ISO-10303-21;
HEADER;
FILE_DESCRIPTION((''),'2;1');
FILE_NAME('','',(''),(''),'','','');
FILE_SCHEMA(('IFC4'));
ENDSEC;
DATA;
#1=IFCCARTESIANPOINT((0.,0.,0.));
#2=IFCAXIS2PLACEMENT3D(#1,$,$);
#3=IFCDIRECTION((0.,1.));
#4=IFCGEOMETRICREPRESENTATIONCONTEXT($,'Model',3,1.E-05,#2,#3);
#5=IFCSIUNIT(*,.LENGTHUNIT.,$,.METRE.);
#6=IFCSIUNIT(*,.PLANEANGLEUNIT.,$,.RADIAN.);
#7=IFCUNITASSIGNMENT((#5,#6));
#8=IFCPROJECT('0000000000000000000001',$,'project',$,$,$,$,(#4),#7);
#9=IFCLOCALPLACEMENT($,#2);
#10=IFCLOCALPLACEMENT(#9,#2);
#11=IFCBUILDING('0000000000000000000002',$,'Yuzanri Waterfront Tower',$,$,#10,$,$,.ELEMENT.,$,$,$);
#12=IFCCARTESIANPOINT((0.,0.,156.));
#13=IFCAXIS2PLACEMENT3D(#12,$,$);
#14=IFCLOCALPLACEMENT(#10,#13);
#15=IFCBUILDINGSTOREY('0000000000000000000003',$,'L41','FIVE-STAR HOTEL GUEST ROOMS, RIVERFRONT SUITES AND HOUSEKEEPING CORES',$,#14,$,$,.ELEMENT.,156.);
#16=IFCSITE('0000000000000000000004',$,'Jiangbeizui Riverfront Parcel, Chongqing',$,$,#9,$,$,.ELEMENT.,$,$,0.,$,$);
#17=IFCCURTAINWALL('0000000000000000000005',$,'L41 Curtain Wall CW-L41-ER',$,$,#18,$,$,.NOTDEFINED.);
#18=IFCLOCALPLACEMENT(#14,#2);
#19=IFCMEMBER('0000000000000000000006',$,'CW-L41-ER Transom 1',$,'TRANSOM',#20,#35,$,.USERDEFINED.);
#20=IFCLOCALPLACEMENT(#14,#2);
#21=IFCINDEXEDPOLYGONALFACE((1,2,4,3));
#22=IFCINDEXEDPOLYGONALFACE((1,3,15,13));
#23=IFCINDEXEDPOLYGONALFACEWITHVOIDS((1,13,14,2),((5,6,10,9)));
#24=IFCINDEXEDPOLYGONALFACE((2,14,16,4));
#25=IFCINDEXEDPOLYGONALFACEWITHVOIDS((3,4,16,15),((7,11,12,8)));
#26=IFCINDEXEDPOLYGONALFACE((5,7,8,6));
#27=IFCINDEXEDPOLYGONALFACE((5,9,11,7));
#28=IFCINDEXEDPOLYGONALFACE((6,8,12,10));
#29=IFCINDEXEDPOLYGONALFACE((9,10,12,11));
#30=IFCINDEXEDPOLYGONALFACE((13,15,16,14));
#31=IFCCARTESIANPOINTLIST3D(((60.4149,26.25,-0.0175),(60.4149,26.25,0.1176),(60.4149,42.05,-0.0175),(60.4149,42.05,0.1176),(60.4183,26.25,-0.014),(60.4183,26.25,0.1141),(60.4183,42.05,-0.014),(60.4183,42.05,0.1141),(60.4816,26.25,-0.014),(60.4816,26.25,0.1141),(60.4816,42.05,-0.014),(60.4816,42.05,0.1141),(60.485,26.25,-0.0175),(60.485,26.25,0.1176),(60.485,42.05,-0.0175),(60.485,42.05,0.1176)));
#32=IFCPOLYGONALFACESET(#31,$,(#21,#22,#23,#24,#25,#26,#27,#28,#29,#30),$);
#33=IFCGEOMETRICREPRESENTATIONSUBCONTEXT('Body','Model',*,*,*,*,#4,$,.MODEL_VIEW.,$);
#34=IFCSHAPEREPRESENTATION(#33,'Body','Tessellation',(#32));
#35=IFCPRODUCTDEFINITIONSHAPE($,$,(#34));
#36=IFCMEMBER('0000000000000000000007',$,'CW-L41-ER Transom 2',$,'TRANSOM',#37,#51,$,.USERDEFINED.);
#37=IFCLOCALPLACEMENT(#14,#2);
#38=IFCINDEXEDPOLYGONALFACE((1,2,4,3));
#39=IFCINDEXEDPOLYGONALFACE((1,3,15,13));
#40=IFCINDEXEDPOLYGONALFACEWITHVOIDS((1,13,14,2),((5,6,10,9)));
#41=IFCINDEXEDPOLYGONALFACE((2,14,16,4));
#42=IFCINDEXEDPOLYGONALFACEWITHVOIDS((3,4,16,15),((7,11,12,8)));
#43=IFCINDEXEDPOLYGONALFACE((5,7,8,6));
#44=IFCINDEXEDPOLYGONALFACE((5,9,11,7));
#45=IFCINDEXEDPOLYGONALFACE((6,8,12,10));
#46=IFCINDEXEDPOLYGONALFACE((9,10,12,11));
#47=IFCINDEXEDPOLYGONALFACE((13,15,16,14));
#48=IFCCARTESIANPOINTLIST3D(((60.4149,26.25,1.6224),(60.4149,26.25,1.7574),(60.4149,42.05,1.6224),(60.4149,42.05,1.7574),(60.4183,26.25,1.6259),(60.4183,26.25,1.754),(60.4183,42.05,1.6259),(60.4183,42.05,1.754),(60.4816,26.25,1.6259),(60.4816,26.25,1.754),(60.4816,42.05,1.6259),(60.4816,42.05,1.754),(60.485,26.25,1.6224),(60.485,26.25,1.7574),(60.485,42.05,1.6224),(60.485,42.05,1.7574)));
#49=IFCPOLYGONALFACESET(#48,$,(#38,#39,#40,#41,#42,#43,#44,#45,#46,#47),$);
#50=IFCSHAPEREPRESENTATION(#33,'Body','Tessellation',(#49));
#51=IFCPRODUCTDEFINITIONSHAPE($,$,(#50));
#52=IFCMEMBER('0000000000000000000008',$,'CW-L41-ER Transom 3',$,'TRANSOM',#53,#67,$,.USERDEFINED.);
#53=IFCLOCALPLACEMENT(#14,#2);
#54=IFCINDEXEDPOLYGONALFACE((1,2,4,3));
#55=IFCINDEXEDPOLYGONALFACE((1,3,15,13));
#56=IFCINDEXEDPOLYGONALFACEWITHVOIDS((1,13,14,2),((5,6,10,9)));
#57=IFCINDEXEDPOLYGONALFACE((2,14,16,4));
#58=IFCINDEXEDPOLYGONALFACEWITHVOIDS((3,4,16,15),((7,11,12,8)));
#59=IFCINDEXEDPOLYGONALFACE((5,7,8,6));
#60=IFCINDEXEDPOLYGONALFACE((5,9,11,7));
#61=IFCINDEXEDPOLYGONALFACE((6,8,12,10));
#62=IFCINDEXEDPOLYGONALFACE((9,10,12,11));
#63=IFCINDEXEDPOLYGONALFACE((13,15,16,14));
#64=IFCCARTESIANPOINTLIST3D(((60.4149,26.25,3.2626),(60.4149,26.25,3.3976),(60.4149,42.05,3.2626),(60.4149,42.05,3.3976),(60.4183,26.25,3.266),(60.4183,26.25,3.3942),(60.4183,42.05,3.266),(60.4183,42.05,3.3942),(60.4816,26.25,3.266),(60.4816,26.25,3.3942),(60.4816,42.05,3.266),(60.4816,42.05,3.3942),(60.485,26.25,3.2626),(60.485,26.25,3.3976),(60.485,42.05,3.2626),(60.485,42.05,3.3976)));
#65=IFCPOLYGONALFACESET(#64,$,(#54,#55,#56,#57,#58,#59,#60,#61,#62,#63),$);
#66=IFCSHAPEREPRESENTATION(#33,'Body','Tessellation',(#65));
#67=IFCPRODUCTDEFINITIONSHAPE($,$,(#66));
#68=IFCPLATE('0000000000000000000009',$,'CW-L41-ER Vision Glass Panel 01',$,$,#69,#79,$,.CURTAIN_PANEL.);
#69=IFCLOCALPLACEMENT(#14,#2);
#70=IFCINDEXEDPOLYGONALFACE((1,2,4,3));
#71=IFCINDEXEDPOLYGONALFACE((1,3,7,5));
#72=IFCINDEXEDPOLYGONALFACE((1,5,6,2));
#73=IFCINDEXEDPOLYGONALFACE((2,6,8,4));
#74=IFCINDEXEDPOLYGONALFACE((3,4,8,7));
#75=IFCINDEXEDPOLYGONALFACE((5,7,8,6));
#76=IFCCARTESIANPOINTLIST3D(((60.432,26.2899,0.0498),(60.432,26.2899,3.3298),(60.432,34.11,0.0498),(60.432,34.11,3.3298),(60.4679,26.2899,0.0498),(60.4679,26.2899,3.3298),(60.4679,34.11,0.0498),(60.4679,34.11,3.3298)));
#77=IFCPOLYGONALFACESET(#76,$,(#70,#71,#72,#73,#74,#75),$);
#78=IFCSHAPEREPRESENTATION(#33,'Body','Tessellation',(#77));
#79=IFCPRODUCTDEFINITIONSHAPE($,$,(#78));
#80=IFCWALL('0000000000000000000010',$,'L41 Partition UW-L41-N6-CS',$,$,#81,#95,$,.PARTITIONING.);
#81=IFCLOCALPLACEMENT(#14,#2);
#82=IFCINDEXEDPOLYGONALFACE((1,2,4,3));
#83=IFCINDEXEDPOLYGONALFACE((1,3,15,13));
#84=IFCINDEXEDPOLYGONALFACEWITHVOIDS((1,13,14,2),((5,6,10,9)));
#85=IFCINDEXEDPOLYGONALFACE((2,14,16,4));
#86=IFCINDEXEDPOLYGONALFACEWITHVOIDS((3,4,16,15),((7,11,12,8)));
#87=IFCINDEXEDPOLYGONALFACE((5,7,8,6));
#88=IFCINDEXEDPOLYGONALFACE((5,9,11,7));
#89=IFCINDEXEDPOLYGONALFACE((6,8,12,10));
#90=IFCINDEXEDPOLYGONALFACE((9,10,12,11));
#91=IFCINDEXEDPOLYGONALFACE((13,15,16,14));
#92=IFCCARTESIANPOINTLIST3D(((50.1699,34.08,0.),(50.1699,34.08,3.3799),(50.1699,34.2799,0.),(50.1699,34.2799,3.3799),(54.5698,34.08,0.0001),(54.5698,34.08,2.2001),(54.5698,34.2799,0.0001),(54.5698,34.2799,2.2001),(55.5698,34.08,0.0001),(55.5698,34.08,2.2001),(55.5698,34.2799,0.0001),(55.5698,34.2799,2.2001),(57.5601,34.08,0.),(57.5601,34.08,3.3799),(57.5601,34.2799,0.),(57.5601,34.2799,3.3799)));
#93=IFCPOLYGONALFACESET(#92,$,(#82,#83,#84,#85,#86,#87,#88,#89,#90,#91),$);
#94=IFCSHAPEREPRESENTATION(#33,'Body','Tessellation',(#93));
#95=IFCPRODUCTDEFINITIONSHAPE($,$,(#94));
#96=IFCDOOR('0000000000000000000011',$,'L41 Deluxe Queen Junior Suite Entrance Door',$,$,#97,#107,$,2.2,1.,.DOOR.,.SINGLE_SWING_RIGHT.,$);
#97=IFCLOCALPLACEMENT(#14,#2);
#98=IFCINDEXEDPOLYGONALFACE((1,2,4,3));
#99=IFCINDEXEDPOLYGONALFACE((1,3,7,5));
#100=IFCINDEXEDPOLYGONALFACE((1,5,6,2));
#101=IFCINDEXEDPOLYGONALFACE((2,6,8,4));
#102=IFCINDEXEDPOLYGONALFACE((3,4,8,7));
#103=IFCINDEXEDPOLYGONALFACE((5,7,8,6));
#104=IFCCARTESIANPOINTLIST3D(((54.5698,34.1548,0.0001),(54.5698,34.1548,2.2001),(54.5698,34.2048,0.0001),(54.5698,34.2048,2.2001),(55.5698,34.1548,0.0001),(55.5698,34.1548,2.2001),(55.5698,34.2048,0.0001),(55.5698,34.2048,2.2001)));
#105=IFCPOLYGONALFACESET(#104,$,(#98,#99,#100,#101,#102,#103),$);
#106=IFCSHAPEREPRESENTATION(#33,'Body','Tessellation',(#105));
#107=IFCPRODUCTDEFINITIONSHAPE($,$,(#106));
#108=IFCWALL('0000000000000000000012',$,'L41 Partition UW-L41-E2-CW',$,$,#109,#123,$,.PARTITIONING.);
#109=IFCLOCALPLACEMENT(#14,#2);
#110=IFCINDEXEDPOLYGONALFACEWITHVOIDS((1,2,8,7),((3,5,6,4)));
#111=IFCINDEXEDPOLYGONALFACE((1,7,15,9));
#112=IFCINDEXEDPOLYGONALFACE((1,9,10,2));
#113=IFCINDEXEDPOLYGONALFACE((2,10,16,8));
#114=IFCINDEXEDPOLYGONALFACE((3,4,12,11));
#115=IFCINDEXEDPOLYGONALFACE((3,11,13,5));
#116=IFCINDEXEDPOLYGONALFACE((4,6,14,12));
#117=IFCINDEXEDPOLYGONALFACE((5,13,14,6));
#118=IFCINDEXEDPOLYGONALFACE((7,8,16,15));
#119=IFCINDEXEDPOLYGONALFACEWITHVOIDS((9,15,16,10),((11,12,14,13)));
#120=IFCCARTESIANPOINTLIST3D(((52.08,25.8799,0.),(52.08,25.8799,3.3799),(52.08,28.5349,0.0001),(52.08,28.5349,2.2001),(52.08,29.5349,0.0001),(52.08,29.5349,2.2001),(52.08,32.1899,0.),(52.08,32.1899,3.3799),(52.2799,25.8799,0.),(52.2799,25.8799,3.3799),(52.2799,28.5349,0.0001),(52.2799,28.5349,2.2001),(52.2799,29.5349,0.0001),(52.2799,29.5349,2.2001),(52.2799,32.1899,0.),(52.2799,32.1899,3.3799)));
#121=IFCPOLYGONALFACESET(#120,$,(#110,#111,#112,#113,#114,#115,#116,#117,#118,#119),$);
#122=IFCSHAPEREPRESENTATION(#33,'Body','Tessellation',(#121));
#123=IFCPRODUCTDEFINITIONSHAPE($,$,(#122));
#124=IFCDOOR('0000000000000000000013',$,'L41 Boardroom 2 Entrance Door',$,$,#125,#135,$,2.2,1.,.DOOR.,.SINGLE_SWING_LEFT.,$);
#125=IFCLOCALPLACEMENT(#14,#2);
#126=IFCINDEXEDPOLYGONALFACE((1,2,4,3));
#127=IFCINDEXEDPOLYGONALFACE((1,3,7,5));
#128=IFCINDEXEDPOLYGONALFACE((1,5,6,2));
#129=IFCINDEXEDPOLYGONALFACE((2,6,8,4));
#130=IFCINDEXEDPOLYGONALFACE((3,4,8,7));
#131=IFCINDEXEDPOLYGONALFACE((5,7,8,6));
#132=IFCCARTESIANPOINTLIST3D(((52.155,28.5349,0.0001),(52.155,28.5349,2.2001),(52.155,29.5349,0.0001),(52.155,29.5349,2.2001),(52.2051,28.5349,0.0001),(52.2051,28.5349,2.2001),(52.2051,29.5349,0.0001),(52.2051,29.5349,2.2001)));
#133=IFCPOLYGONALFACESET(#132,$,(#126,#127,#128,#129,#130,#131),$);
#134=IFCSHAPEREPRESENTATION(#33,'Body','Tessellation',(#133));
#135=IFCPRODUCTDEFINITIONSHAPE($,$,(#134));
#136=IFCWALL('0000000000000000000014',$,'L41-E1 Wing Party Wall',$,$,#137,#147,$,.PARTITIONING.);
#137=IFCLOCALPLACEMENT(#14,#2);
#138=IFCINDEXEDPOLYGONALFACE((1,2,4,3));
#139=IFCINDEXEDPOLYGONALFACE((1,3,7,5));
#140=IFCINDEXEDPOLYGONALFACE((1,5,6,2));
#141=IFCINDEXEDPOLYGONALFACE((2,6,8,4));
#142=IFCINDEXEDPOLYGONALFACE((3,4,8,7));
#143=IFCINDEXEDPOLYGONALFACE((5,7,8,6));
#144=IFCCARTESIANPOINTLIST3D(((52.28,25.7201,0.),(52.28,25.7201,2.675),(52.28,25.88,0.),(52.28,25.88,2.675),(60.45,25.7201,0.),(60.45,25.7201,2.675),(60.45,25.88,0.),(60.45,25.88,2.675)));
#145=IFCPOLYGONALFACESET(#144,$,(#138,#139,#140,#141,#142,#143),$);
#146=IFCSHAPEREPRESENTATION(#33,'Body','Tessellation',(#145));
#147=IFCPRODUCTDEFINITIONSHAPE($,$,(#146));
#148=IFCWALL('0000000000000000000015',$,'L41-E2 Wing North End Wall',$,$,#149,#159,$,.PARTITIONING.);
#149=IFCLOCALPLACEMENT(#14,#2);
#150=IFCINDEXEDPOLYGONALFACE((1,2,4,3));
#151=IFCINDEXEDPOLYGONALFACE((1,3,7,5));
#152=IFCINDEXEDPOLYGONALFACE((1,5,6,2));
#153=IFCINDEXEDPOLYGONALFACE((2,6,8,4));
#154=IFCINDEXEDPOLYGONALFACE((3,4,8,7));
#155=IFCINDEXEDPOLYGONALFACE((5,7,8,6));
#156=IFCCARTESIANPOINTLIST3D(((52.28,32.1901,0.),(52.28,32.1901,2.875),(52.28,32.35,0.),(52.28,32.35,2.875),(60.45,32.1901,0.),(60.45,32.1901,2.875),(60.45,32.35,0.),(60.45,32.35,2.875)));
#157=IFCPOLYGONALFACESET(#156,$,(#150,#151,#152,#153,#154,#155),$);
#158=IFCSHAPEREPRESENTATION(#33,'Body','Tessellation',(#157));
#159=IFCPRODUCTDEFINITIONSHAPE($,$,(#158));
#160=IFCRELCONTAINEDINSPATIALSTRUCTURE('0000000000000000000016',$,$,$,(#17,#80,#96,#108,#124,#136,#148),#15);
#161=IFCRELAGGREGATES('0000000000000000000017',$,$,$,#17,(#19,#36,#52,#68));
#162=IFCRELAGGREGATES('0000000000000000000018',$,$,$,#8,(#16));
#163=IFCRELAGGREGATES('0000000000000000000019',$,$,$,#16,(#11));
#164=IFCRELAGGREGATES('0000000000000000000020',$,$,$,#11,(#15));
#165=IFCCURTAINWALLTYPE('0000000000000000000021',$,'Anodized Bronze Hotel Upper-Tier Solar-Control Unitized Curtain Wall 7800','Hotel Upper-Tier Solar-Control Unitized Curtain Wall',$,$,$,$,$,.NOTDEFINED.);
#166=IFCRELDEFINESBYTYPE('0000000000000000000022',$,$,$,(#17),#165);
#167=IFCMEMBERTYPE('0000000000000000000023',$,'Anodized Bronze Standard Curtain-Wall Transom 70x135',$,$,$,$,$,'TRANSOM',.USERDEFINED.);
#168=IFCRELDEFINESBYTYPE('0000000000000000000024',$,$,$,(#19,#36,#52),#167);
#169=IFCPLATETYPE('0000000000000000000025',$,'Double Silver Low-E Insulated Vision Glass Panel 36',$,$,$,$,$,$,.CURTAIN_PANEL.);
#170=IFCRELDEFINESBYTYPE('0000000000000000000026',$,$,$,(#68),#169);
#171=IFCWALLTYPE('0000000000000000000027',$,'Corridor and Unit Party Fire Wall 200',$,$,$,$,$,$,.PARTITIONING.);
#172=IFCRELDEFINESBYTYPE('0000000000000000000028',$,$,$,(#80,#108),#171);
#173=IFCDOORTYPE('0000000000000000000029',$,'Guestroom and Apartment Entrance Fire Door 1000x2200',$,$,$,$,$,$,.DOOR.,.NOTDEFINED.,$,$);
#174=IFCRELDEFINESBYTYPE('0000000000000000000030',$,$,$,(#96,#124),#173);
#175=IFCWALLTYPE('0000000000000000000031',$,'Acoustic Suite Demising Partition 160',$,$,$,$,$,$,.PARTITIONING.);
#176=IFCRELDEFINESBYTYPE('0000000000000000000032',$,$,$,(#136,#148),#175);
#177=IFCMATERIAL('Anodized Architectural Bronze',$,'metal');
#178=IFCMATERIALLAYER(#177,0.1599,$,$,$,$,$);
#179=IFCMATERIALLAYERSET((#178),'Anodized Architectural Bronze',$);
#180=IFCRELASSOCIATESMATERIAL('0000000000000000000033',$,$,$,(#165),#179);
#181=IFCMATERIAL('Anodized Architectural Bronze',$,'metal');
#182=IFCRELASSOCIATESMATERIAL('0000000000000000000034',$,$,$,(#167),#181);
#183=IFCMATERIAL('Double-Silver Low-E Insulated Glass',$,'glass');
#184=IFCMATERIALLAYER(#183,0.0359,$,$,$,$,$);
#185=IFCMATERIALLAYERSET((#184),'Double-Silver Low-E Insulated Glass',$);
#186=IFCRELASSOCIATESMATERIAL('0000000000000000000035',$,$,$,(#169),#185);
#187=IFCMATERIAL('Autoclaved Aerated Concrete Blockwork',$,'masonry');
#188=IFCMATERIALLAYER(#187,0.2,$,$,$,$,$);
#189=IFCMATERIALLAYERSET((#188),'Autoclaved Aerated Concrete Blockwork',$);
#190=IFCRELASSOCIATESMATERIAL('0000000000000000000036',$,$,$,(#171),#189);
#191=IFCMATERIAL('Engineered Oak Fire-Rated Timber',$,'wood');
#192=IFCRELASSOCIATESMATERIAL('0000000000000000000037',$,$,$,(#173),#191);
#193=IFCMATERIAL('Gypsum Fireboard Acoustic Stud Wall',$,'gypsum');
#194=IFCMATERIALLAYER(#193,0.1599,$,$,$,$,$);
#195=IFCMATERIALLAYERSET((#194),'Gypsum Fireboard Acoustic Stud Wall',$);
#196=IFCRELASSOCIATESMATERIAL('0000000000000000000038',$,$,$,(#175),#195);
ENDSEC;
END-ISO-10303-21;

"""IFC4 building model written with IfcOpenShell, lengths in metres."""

from ifc_helpers import new_model, si_unit, direction, frame, frame_2d, origin, origin_2d, place, context, subcontext, project, spatial, rectangle, hollow_rectangle, extrude, source, transform, mapped, material, layer, layer_set, material_profile, profile_set, type_object, element, fill, aggregate, save


model = new_model("IFC4")

# Units and contexts
model_context = context("Model", 3, precision=1e-05, world=origin(), true_north=direction((0.0, 1.0)))
body_context = subcontext(model_context, "Body", "Model", "MODEL_VIEW")
ifc_project = project(units=[si_unit("LENGTHUNIT", "METRE"), si_unit("PLANEANGLEUNIT", "RADIAN")], contexts=[model_context])

# Site, building, storey
site_placement = place(None, origin())
site = spatial("IfcSite", under=ifc_project, at=site_placement, Name="Jiangbeizui Riverfront Parcel, Chongqing", CompositionType="ELEMENT", RefElevation=0.0)
building_placement = place(site_placement, origin())
building = spatial("IfcBuilding", under=site, at=building_placement, Name="Yuzanri Waterfront Tower", CompositionType="ELEMENT")
storey_placement = place(building_placement, frame((0.0, 0.0, 156.0)))
storey = spatial("IfcBuildingStorey", under=building, at=storey_placement, Name="L41", Description="FIVE-STAR HOTEL GUEST ROOMS, RIVERFRONT SUITES AND HOUSEKEEPING CORES", CompositionType="ELEMENT", Elevation=156.0)

# Curtain wall, members, plate
ifc_material_1 = material(Name="Anodized Architectural Bronze", Category="metal")
ifc_layer_1 = layer(ifc_material_1, 0.1599)
ifc_layer_set_1 = layer_set([ifc_layer_1], Name="Anodized Architectural Bronze")
curtain_wall_type = type_object("IfcCurtainWallType", Name="Anodized Bronze Hotel Upper-Tier Solar-Control Unitized Curtain Wall 7800", Description="Hotel Upper-Tier Solar-Control Unitized Curtain Wall", PredefinedType="NOTDEFINED", material=ifc_layer_set_1)
curtain_wall_placement = place(storey_placement, origin())
curtain_wall = element("IfcCurtainWall", 1, at=curtain_wall_placement, inside=storey, type_object=curtain_wall_type, Name="L41 Curtain Wall CW-L41-ER", PredefinedType="NOTDEFINED")
ifc_material_2 = material(Name="Anodized Architectural Bronze", Category="metal")
ifc_material_profile_1 = material_profile(ifc_material_2, hollow_rectangle(XDim=0.0701, YDim=0.135, WallThickness=0.0034, at=origin_2d()), Name="CWT 70x135")
ifc_profile_set_1 = profile_set([ifc_material_profile_1], Name="Anodized Architectural Bronze")
member_type_1 = type_object("IfcMemberType", Name="Anodized Bronze Standard Curtain-Wall Transom 70x135", ElementType="TRANSOM", PredefinedType="USERDEFINED", material=ifc_profile_set_1)
shared_shape_1 = source(origin(), body_context, "Body", "SweptSolid", [
    extrude(hollow_rectangle(XDim=0.0701, YDim=0.135, WallThickness=0.0034, at=origin_2d()), origin(), (0.0, 0.0, 1.0), 15.8),
])
member_1_placement = place(storey_placement, frame((60.45, 26.25, 0.05), z_axis=(0.0, 1.0, 0.0), x_axis=(-1.0, 0.0, 0.0)))
member_1 = element("IfcMember", 2, at=member_1_placement, type_object=member_type_1, Name="CW-L41-ER Transom 1", ObjectType="TRANSOM", PredefinedType="USERDEFINED", context=body_context, shape_type="MappedRepresentation", body=[
    mapped(shared_shape_1, transform((0.0, 0.0, 0.0), scale=1.0)),
])
member_2_placement = place(storey_placement, frame((60.45, 26.25, 1.6899), z_axis=(0.0, 1.0, 0.0), x_axis=(-1.0, 0.0, 0.0)))
member_2 = element("IfcMember", 3, at=member_2_placement, type_object=member_type_1, Name="CW-L41-ER Transom 2", ObjectType="TRANSOM", PredefinedType="USERDEFINED", context=body_context, shape_type="MappedRepresentation", body=[
    mapped(shared_shape_1, transform((0.0, 0.0, 0.0), scale=1.0)),
])
member_3_placement = place(storey_placement, frame((60.45, 26.25, 3.3301), z_axis=(0.0, 1.0, 0.0), x_axis=(-1.0, 0.0, 0.0)))
member_3 = element("IfcMember", 4, at=member_3_placement, type_object=member_type_1, Name="CW-L41-ER Transom 3", ObjectType="TRANSOM", PredefinedType="USERDEFINED", context=body_context, shape_type="MappedRepresentation", body=[
    mapped(shared_shape_1, transform((0.0, 0.0, 0.0), scale=1.0)),
])
ifc_material_3 = material(Name="Double-Silver Low-E Insulated Glass", Category="glass")
ifc_layer_2 = layer(ifc_material_3, 0.0359)
ifc_layer_set_2 = layer_set([ifc_layer_2], Name="Double-Silver Low-E Insulated Glass")
plate_type = type_object("IfcPlateType", Name="Double Silver Low-E Insulated Vision Glass Panel 36", PredefinedType="CURTAIN_PANEL", material=ifc_layer_set_2)
shared_shape_2 = source(origin(), body_context, "Body", "SweptSolid", [
    extrude(rectangle(XDim=7.8201, YDim=0.0359, at=origin_2d()), origin(), (0.0, 0.0, 1.0), 3.28),
])
plate_placement = place(storey_placement, frame((60.45, 30.2, 0.0498), z_axis=(0.0, 0.0, 1.0), x_axis=(0.0, 1.0, 0.0)))
plate = element("IfcPlate", 5, at=plate_placement, type_object=plate_type, Name="CW-L41-ER Vision Glass Panel 01", PredefinedType="CURTAIN_PANEL", context=body_context, shape_type="MappedRepresentation", body=[
    mapped(shared_shape_2, transform((0.0, 0.0, 0.0), scale=1.0)),
])
aggregate(curtain_wall, [member_1, member_2, member_3, plate])

# Walls, openings, doors
ifc_material_4 = material(Name="Autoclaved Aerated Concrete Blockwork", Category="masonry")
ifc_layer_3 = layer(ifc_material_4, 0.2)
ifc_layer_set_3 = layer_set([ifc_layer_3], Name="Autoclaved Aerated Concrete Blockwork")
wall_type_1 = type_object("IfcWallType", Name="Corridor and Unit Party Fire Wall 200", PredefinedType="PARTITIONING", material=ifc_layer_set_3)
wall_1_placement = place(storey_placement, frame((50.1699, 34.1799, 0.0), z_axis=(0.0, 0.0, 1.0), x_axis=(1.0, 0.0, 0.0)))
wall_1 = element("IfcWall", 6, at=wall_1_placement, inside=storey, type_object=wall_type_1, Name="L41 Partition UW-L41-N6-CS", PredefinedType="PARTITIONING", context=body_context, shape_type="SweptSolid", body=[
    extrude(rectangle(XDim=7.3901, YDim=0.2, at=frame_2d((3.6951, 0.0))), origin(), (0.0, 0.0, 1.0), 3.3799),
])
opening_1_placement = place(wall_1_placement, frame((4.3999, 0.0, 0.0)))
opening_1 = element("IfcOpeningElement", 7, at=opening_1_placement, cuts=wall_1, PredefinedType="OPENING", context=body_context, shape_type="SweptSolid", body=[
    extrude(rectangle(XDim=1.0, YDim=2.2, at=frame_2d((0.5, 1.1001))), frame((0.0, 0.1147, 0.0), z_axis=(0.0, -1.0, 0.0), x_axis=(1.0, 0.0, 0.0)), (0.0, 0.0, 1.0), 0.2297),
])
ifc_material_5 = material(Name="Engineered Oak Fire-Rated Timber", Category="wood")
door_type = type_object("IfcDoorType", Name="Guestroom and Apartment Entrance Fire Door 1000x2200", OperationType="NOTDEFINED", PredefinedType="DOOR", material=ifc_material_5)
shared_shape_3 = source(origin(), body_context, "Body", "SweptSolid", [
    extrude(rectangle(XDim=1.0, YDim=2.2, at=frame_2d((0.5, 1.1001))), frame((0.0, 0.0249, 0.0), z_axis=(0.0, -1.0, 0.0), x_axis=(1.0, 0.0, 0.0)), (0.0, 0.0, 1.0), 0.05),
])
door_1_placement = place(opening_1_placement, origin())
door_1 = element("IfcDoor", 8, at=door_1_placement, inside=storey, type_object=door_type, Name="L41 Deluxe Queen Junior Suite Entrance Door", OperationType="SINGLE_SWING_RIGHT", OverallHeight=2.2, OverallWidth=1.0, PredefinedType="DOOR", context=body_context, shape_type="MappedRepresentation", body=[
    mapped(shared_shape_3, transform((0.0, 0.0, 0.0), scale=1.0)),
])
fill(opening_1, door_1)
wall_2_placement = place(storey_placement, frame((52.1799, 25.8799, 0.0), z_axis=(0.0, 0.0, 1.0), x_axis=(0.0, 1.0, 0.0)))
wall_2 = element("IfcWall", 9, at=wall_2_placement, inside=storey, type_object=wall_type_1, Name="L41 Partition UW-L41-E2-CW", PredefinedType="PARTITIONING", context=body_context, shape_type="SweptSolid", body=[
    extrude(rectangle(XDim=6.3101, YDim=0.2, at=frame_2d((3.155, 0.0))), origin(), (0.0, 0.0, 1.0), 3.3799),
])
opening_2_placement = place(wall_2_placement, frame((2.655, 0.0, 0.0)))
opening_2 = element("IfcOpeningElement", 10, at=opening_2_placement, cuts=wall_2, PredefinedType="OPENING", context=body_context, shape_type="SweptSolid", body=[
    extrude(rectangle(XDim=1.0, YDim=2.2, at=frame_2d((0.5, 1.1001))), frame((0.0, 0.1147, 0.0), z_axis=(0.0, -1.0, 0.0), x_axis=(1.0, 0.0, 0.0)), (0.0, 0.0, 1.0), 0.2297),
])
door_2_placement = place(opening_2_placement, origin())
door_2 = element("IfcDoor", 11, at=door_2_placement, inside=storey, type_object=door_type, Name="L41 Boardroom 2 Entrance Door", OperationType="SINGLE_SWING_LEFT", OverallHeight=2.2, OverallWidth=1.0, PredefinedType="DOOR", context=body_context, shape_type="MappedRepresentation", body=[
    mapped(shared_shape_3, transform((0.0, 0.0, 0.0), scale=1.0)),
])
fill(opening_2, door_2)

# Walls
ifc_material_6 = material(Name="Gypsum Fireboard Acoustic Stud Wall", Category="gypsum")
ifc_layer_4 = layer(ifc_material_6, 0.1599)
ifc_layer_set_4 = layer_set([ifc_layer_4], Name="Gypsum Fireboard Acoustic Stud Wall")
wall_type_2 = type_object("IfcWallType", Name="Acoustic Suite Demising Partition 160", PredefinedType="PARTITIONING", material=ifc_layer_set_4)
shared_shape_4 = source(origin(), body_context, "Body", "SweptSolid", [
    extrude(rectangle(XDim=8.1699, YDim=0.1599, at=frame_2d((4.085, 0.0))), origin(), (0.0, 0.0, 1.0), 2.675),
])
wall_3_placement = place(storey_placement, frame((52.28, 25.8, 0.0), z_axis=(0.0, 0.0, 1.0), x_axis=(1.0, 0.0, 0.0)))
element("IfcWall", 12, at=wall_3_placement, inside=storey, type_object=wall_type_2, Name="L41-E1 Wing Party Wall", PredefinedType="PARTITIONING", context=body_context, shape_type="MappedRepresentation", body=[
    mapped(shared_shape_4, transform((0.0, 0.0, 0.0), scale=1.0)),
])
shared_shape_5 = source(origin(), body_context, "Body", "SweptSolid", [
    extrude(rectangle(XDim=8.1699, YDim=0.1599, at=frame_2d((4.085, 0.0))), origin(), (0.0, 0.0, 1.0), 2.875),
])
wall_4_placement = place(storey_placement, frame((52.28, 32.27, 0.0), z_axis=(0.0, 0.0, 1.0), x_axis=(1.0, 0.0, 0.0)))
element("IfcWall", 13, at=wall_4_placement, inside=storey, type_object=wall_type_2, Name="L41-E2 Wing North End Wall", PredefinedType="PARTITIONING", context=body_context, shape_type="MappedRepresentation", body=[
    mapped(shared_shape_5, transform((0.0, 0.0, 0.0), scale=1.0)),
])

save(model, "model.ifc")
